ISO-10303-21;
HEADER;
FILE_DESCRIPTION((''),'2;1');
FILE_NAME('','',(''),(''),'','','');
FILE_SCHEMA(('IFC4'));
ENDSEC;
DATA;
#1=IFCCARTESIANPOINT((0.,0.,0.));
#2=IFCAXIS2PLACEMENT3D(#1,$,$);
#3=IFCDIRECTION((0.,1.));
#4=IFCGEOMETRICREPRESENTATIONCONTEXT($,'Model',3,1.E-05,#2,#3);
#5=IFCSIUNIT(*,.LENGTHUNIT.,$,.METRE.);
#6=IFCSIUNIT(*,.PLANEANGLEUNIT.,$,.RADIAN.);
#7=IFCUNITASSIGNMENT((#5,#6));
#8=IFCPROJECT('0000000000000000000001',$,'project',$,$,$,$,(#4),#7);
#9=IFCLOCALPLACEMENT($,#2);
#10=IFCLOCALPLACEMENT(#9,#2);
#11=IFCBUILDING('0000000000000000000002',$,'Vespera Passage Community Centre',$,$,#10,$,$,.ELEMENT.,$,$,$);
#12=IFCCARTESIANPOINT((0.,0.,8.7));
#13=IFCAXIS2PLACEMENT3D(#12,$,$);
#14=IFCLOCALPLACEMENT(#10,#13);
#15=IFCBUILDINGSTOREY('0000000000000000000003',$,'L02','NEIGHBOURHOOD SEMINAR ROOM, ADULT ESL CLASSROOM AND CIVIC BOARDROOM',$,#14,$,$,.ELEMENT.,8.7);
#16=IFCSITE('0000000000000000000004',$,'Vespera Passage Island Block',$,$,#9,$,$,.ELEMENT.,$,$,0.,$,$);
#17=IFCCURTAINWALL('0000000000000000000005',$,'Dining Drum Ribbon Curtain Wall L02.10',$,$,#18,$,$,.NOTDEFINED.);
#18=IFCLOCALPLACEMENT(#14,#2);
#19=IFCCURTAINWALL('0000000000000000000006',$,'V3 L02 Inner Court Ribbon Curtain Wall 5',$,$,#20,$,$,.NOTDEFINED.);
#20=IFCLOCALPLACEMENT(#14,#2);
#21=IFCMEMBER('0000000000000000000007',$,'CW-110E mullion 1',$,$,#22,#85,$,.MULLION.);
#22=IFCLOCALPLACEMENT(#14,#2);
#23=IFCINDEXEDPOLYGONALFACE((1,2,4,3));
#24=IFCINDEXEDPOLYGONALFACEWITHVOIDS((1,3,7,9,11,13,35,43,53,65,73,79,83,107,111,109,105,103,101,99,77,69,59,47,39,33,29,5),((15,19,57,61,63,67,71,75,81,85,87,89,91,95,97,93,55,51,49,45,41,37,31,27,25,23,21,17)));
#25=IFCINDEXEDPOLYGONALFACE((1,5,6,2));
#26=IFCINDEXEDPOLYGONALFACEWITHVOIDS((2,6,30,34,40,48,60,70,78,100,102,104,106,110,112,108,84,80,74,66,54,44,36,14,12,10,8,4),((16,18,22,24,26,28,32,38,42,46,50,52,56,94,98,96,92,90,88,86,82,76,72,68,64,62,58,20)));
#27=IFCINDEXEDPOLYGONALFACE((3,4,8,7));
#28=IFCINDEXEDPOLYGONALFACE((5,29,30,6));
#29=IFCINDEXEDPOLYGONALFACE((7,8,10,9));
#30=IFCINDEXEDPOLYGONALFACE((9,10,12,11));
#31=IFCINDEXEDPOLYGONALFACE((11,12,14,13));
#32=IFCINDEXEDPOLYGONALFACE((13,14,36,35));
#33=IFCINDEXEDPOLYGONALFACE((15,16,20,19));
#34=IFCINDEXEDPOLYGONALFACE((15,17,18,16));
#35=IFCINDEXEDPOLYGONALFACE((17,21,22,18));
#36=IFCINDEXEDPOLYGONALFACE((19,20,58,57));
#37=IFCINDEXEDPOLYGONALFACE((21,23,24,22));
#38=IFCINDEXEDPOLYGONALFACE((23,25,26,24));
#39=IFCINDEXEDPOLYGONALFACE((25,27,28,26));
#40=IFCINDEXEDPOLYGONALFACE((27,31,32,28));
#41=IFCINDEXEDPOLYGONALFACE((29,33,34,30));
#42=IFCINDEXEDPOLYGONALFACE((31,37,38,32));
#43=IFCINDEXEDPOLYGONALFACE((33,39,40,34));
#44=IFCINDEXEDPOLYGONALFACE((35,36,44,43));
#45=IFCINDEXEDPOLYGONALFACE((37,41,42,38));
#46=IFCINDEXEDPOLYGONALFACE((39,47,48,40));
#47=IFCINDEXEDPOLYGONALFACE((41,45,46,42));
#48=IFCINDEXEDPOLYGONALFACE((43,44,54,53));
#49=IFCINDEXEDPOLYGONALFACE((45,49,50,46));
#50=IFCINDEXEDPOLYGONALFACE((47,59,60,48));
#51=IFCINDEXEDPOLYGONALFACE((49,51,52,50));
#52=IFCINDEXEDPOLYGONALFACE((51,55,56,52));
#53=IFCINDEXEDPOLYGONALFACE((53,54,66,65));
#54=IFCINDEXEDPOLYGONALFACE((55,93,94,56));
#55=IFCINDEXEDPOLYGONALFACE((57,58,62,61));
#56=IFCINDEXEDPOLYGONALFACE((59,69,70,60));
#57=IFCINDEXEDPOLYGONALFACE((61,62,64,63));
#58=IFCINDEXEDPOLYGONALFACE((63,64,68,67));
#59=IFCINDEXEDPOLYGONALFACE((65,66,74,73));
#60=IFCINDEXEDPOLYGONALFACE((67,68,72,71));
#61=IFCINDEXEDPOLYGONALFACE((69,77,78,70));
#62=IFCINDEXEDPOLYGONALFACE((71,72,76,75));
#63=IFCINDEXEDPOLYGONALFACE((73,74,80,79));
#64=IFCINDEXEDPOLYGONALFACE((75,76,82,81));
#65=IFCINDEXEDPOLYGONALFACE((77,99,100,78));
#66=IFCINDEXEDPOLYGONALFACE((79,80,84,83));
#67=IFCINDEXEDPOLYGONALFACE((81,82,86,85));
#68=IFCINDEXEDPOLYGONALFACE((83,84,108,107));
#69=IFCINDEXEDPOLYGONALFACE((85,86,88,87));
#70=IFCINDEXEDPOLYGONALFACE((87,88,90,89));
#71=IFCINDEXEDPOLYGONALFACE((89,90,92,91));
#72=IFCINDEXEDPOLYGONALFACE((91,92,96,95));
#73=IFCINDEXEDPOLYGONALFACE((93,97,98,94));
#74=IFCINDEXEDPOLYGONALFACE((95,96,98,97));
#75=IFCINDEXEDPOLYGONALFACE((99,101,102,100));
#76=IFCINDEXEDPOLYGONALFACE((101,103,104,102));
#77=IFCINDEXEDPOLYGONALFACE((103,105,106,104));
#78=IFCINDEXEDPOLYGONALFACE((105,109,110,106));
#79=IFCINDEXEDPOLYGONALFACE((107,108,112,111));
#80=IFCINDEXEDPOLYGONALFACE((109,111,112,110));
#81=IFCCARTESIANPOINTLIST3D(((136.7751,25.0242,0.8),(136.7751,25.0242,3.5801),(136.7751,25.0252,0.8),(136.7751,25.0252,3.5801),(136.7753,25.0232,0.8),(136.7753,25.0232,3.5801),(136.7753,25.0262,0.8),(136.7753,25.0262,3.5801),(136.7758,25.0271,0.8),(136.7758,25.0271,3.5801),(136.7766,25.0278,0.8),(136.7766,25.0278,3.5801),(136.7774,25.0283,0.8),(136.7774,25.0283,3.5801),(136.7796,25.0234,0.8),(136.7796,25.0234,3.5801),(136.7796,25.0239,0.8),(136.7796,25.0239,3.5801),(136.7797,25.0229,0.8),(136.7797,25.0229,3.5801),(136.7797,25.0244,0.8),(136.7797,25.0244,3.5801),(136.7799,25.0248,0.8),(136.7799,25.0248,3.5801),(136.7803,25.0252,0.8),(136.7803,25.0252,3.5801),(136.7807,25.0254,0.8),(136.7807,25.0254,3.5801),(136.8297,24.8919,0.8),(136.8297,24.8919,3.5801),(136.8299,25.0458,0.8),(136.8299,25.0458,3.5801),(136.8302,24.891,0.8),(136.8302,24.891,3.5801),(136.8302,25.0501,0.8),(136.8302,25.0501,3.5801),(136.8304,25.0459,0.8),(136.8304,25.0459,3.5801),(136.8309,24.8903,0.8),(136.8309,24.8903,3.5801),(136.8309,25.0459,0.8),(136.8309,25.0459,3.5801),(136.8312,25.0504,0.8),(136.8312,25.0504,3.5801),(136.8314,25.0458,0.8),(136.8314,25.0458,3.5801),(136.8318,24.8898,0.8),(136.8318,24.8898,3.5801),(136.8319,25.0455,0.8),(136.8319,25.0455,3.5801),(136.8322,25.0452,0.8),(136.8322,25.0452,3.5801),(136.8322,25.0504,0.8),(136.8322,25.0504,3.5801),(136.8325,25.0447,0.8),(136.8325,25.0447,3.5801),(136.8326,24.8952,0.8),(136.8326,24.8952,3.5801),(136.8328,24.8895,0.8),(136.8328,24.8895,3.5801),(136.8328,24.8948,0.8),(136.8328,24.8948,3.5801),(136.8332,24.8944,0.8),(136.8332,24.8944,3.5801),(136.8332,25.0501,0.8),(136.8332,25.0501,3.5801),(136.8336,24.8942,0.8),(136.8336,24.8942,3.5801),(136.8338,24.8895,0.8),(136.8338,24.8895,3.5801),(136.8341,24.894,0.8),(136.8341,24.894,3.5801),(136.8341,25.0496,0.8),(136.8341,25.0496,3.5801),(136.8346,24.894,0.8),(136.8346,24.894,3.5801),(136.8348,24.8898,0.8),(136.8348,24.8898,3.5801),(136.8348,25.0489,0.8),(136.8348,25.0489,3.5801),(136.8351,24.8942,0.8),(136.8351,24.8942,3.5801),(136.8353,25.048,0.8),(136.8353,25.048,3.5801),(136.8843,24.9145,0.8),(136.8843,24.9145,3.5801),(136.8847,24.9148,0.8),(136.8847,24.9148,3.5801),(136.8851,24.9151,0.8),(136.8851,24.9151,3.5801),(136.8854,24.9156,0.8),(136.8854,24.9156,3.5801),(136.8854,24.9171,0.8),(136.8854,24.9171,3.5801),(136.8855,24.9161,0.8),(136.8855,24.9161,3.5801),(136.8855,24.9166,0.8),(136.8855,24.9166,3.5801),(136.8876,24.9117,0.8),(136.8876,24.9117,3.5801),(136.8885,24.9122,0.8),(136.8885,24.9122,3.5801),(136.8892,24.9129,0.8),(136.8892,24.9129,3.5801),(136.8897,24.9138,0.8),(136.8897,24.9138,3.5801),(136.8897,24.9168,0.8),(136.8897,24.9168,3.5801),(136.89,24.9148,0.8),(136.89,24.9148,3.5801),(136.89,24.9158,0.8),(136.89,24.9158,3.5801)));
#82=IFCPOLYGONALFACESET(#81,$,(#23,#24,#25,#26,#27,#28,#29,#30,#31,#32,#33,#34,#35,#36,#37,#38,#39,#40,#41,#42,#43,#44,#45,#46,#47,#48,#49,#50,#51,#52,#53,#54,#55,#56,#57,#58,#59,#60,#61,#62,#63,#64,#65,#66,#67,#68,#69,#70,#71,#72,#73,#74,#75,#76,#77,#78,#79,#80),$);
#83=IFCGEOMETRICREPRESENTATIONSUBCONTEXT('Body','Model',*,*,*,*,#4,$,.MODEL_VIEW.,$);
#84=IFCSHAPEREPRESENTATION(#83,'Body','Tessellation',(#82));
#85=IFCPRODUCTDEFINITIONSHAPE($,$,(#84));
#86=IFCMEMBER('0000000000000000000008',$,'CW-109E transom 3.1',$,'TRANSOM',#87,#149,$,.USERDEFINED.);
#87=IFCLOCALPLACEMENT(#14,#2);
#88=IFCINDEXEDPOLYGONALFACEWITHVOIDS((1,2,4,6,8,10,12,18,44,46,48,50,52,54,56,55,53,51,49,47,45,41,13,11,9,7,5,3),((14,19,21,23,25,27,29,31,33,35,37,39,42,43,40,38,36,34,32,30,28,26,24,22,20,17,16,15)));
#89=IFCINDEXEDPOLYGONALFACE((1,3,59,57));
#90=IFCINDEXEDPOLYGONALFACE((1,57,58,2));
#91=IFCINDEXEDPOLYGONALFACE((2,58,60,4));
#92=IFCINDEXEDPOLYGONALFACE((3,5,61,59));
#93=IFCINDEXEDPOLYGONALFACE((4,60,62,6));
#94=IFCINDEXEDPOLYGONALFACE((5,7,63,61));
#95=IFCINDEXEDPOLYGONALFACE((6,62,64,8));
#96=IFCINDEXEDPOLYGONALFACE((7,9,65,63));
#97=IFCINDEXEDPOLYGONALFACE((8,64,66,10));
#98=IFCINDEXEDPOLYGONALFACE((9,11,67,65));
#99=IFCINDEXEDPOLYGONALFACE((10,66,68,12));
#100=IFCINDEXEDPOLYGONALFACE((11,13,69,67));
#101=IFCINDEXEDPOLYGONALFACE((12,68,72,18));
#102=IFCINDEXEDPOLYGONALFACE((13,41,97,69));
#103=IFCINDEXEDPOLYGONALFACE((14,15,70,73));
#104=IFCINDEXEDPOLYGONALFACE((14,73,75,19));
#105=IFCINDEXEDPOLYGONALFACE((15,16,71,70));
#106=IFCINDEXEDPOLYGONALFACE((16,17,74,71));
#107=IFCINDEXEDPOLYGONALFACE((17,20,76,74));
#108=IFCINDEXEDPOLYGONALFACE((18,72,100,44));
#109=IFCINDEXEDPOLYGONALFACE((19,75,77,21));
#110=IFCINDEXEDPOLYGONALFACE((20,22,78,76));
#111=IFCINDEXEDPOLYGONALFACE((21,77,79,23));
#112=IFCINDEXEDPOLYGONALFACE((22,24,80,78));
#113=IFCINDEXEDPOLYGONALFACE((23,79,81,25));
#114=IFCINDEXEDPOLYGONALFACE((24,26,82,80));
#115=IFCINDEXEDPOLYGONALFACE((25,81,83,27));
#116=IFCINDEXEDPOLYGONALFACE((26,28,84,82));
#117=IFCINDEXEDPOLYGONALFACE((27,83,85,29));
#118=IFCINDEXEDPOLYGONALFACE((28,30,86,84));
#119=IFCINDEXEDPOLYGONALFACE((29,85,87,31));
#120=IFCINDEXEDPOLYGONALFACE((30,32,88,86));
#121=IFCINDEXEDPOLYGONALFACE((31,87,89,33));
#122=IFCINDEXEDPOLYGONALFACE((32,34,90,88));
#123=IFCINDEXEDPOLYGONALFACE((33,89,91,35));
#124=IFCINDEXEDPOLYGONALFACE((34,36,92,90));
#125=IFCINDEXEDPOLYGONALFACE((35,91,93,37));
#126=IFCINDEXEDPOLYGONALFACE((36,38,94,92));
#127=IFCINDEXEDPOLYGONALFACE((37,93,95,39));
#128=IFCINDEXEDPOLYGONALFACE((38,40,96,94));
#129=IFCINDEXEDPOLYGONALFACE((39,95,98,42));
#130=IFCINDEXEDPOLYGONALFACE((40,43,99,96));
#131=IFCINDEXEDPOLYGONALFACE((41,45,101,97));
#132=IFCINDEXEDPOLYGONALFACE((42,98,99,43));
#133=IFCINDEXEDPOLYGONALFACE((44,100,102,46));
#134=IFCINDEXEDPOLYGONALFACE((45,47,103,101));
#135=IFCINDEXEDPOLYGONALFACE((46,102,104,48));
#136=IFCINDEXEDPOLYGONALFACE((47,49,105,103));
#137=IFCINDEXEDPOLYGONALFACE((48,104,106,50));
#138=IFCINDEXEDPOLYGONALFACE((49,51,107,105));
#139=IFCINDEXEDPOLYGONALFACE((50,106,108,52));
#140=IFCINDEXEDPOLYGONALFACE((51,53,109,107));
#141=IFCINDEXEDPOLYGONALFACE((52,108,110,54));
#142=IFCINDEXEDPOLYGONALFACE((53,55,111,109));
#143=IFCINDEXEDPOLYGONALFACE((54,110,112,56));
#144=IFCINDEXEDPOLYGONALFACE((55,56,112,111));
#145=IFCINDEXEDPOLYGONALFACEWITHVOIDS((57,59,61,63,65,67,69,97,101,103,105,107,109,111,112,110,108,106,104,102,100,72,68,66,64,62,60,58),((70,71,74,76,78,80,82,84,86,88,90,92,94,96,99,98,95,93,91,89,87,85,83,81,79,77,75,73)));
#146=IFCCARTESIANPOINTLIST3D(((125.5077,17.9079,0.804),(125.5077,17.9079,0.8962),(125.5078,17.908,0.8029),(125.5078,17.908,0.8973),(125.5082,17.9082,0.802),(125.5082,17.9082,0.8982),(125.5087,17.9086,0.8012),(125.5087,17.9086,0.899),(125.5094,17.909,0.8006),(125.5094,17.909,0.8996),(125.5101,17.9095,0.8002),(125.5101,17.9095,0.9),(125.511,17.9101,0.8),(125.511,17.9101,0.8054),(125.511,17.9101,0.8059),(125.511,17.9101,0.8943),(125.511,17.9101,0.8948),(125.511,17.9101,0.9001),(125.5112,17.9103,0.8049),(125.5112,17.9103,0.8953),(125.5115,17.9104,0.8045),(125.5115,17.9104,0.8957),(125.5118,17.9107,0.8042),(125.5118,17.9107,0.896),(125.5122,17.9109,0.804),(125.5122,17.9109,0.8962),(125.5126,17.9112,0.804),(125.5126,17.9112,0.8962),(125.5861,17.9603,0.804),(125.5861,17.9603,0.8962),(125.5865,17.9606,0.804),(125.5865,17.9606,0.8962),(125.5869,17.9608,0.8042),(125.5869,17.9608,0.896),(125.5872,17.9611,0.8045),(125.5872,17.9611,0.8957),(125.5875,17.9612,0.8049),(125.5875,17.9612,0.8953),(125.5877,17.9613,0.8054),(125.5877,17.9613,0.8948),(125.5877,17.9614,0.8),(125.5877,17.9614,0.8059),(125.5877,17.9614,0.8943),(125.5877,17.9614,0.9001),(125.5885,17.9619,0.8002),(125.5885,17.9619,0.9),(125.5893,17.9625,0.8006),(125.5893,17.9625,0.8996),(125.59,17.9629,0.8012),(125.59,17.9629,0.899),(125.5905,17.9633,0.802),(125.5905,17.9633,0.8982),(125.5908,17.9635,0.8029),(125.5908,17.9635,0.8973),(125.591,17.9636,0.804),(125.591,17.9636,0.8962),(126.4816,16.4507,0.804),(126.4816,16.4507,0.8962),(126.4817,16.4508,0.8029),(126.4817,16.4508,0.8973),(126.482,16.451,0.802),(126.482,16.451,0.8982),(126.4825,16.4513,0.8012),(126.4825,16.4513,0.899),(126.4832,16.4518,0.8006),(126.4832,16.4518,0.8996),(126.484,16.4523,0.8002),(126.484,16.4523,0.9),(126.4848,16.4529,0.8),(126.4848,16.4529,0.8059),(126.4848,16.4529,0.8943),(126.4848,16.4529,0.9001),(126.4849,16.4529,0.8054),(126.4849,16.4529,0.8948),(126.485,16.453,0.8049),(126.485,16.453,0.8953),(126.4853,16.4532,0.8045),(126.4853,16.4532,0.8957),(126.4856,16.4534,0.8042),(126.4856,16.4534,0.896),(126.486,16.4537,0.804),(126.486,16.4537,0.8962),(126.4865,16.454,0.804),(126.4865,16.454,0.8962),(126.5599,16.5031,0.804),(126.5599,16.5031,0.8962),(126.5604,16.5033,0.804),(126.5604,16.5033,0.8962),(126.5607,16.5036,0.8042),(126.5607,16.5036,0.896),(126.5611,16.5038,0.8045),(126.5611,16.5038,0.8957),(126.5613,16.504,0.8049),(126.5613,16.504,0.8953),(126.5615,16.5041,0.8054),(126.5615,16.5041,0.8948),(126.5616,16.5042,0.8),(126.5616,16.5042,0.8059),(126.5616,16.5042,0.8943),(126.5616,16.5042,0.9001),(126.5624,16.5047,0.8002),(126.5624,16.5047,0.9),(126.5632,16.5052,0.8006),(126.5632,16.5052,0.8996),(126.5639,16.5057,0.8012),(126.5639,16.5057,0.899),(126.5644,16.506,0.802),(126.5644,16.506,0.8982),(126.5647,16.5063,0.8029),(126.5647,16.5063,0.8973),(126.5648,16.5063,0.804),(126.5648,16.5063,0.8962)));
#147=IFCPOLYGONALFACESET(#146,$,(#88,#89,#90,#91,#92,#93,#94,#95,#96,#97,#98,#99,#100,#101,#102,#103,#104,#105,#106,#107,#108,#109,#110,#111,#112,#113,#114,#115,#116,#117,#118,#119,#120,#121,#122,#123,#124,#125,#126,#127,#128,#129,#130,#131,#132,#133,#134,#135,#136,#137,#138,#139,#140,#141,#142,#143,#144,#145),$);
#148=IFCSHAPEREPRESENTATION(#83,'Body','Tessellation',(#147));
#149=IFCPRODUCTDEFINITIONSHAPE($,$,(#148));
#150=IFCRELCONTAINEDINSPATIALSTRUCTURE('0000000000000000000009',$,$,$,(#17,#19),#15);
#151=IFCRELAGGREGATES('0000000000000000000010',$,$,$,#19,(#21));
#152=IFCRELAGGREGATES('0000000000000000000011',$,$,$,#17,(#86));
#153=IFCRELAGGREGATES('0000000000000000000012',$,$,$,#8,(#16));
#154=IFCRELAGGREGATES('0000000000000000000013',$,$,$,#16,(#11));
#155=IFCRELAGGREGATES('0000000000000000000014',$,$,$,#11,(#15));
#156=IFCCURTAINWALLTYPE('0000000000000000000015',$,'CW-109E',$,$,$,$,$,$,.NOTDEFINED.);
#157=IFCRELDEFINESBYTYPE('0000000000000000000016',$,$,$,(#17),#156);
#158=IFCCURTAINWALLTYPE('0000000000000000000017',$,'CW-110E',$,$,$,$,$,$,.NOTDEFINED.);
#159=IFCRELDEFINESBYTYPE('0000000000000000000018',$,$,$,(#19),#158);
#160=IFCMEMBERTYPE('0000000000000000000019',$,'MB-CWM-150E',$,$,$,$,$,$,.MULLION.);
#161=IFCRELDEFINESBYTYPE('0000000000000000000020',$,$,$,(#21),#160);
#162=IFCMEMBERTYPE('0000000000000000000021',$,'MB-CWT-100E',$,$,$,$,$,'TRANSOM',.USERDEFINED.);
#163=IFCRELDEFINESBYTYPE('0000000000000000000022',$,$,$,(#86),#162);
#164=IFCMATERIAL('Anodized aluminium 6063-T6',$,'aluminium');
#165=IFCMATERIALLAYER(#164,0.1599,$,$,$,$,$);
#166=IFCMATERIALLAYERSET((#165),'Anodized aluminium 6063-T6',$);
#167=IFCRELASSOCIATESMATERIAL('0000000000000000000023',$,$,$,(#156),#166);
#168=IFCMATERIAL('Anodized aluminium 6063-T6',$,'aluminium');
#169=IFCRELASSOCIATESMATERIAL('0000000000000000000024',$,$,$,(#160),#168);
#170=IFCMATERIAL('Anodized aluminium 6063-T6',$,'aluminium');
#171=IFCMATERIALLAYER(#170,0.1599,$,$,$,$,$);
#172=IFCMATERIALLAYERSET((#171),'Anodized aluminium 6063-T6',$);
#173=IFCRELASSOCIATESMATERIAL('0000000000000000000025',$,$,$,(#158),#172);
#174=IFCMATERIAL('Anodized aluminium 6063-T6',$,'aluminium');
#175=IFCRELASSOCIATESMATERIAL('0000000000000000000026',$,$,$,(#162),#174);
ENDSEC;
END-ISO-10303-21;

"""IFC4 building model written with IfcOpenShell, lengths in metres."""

from ifc_helpers import new_model, si_unit, direction, frame, origin, origin_2d, place, context, subcontext, project, spatial, hollow_rectangle, extrude, material, layer, layer_set, material_profile, profile_set, type_object, element, aggregate, save


model = new_model("IFC4")

# Units and contexts
model_context = context("Model", 3, precision=1e-05, world=origin(), true_north=direction((0.0, 1.0)))
body_context = subcontext(model_context, "Body", "Model", "MODEL_VIEW")
ifc_project = project(units=[si_unit("LENGTHUNIT", "METRE"), si_unit("PLANEANGLEUNIT", "RADIAN")], contexts=[model_context])

# Site, building, storey
site_placement = place(None, origin())
site = spatial("IfcSite", under=ifc_project, at=site_placement, Name="Vespera Passage Island Block", CompositionType="ELEMENT", RefElevation=0.0)
building_placement = place(site_placement, origin())
building = spatial("IfcBuilding", under=site, at=building_placement, Name="Vespera Passage Community Centre", CompositionType="ELEMENT")
storey_placement = place(building_placement, frame((0.0, 0.0, 8.7)))
storey = spatial("IfcBuildingStorey", under=building, at=storey_placement, Name="L02", Description="NEIGHBOURHOOD SEMINAR ROOM, ADULT ESL CLASSROOM AND CIVIC BOARDROOM", CompositionType="ELEMENT", Elevation=8.7)

# Curtain walls, member
ifc_material_1 = material(Name="Anodized aluminium 6063-T6", Category="aluminium")
ifc_layer_1 = layer(ifc_material_1, 0.1599)
ifc_layer_set_1 = layer_set([ifc_layer_1], Name="Anodized aluminium 6063-T6")
curtain_wall_type_1 = type_object("IfcCurtainWallType", Name="CW-109E", PredefinedType="NOTDEFINED", material=ifc_layer_set_1)
curtain_wall_1_placement = place(storey_placement, origin())
curtain_wall_1 = element("IfcCurtainWall", 1, at=curtain_wall_1_placement, inside=storey, type_object=curtain_wall_type_1, Name="Dining Drum Ribbon Curtain Wall L02.10", PredefinedType="NOTDEFINED")
ifc_material_2 = material(Name="Anodized aluminium 6063-T6", Category="aluminium")
ifc_material_profile_1 = material_profile(ifc_material_2, hollow_rectangle(XDim=0.0649, YDim=0.1499, WallThickness=0.0039, InnerFilletRadius=0.002, OuterFilletRadius=0.0039, at=origin_2d()), Name="ALU150X65X4")
ifc_profile_set_1 = profile_set([ifc_material_profile_1], Name="Anodized aluminium 6063-T6")
member_type_1 = type_object("IfcMemberType", Name="MB-CWM-150E", PredefinedType="MULLION", material=ifc_profile_set_1)
ifc_material_3 = material(Name="Anodized aluminium 6063-T6", Category="aluminium")
ifc_layer_2 = layer(ifc_material_3, 0.1599)
ifc_layer_set_2 = layer_set([ifc_layer_2], Name="Anodized aluminium 6063-T6")
curtain_wall_type_2 = type_object("IfcCurtainWallType", Name="CW-110E", PredefinedType="NOTDEFINED", material=ifc_layer_set_2)
curtain_wall_2_placement = place(storey_placement, origin())
curtain_wall_2 = element("IfcCurtainWall", 2, at=curtain_wall_2_placement, inside=storey, type_object=curtain_wall_type_2, Name="V3 L02 Inner Court Ribbon Curtain Wall 5", PredefinedType="NOTDEFINED")
member_1_placement = place(storey_placement, frame((136.8325, 24.97, 0.8), z_axis=(0.0, 0.0, 1.0), x_axis=(0.923879, 0.382686, 0.0)))
member_1 = element("IfcMember", 3, at=member_1_placement, type_object=member_type_1, Name="CW-110E mullion 1", PredefinedType="MULLION", context=body_context, shape_type="SweptSolid", body=[
    extrude(hollow_rectangle(XDim=0.0649, YDim=0.1499, WallThickness=0.0039, InnerFilletRadius=0.002, OuterFilletRadius=0.0039, at=origin_2d()), origin(), (0.0, 0.0, 1.0), 2.78),
])
aggregate(curtain_wall_2, [member_1])

# Member
ifc_material_4 = material(Name="Anodized aluminium 6063-T6", Category="aluminium")
ifc_material_profile_2 = material_profile(ifc_material_4, hollow_rectangle(XDim=0.1001, YDim=0.1001, WallThickness=0.0039, InnerFilletRadius=0.002, OuterFilletRadius=0.0039, at=origin_2d()), Name="ALU100X100X4")
ifc_profile_set_2 = profile_set([ifc_material_profile_2], Name="Anodized aluminium 6063-T6")
member_type_2 = type_object("IfcMemberType", Name="MB-CWT-100E", ElementType="TRANSOM", PredefinedType="USERDEFINED", material=ifc_profile_set_2)
member_2_placement = place(storey_placement, frame((126.5232, 16.4785, 0.8501), z_axis=(-0.555632, 0.831428, 0.0), x_axis=(-0.831428, -0.555632, 0.0)))
member_2 = element("IfcMember", 4, at=member_2_placement, type_object=member_type_2, Name="CW-109E transom 3.1", ObjectType="TRANSOM", PredefinedType="USERDEFINED", context=body_context, shape_type="SweptSolid", body=[
    extrude(hollow_rectangle(XDim=0.1001, YDim=0.1001, WallThickness=0.0039, InnerFilletRadius=0.002, OuterFilletRadius=0.0039, at=origin_2d()), origin(), (0.0, 0.0, 1.0), 1.7527),
])

aggregate(curtain_wall_1, [member_2])

save(model, "model.ifc")
